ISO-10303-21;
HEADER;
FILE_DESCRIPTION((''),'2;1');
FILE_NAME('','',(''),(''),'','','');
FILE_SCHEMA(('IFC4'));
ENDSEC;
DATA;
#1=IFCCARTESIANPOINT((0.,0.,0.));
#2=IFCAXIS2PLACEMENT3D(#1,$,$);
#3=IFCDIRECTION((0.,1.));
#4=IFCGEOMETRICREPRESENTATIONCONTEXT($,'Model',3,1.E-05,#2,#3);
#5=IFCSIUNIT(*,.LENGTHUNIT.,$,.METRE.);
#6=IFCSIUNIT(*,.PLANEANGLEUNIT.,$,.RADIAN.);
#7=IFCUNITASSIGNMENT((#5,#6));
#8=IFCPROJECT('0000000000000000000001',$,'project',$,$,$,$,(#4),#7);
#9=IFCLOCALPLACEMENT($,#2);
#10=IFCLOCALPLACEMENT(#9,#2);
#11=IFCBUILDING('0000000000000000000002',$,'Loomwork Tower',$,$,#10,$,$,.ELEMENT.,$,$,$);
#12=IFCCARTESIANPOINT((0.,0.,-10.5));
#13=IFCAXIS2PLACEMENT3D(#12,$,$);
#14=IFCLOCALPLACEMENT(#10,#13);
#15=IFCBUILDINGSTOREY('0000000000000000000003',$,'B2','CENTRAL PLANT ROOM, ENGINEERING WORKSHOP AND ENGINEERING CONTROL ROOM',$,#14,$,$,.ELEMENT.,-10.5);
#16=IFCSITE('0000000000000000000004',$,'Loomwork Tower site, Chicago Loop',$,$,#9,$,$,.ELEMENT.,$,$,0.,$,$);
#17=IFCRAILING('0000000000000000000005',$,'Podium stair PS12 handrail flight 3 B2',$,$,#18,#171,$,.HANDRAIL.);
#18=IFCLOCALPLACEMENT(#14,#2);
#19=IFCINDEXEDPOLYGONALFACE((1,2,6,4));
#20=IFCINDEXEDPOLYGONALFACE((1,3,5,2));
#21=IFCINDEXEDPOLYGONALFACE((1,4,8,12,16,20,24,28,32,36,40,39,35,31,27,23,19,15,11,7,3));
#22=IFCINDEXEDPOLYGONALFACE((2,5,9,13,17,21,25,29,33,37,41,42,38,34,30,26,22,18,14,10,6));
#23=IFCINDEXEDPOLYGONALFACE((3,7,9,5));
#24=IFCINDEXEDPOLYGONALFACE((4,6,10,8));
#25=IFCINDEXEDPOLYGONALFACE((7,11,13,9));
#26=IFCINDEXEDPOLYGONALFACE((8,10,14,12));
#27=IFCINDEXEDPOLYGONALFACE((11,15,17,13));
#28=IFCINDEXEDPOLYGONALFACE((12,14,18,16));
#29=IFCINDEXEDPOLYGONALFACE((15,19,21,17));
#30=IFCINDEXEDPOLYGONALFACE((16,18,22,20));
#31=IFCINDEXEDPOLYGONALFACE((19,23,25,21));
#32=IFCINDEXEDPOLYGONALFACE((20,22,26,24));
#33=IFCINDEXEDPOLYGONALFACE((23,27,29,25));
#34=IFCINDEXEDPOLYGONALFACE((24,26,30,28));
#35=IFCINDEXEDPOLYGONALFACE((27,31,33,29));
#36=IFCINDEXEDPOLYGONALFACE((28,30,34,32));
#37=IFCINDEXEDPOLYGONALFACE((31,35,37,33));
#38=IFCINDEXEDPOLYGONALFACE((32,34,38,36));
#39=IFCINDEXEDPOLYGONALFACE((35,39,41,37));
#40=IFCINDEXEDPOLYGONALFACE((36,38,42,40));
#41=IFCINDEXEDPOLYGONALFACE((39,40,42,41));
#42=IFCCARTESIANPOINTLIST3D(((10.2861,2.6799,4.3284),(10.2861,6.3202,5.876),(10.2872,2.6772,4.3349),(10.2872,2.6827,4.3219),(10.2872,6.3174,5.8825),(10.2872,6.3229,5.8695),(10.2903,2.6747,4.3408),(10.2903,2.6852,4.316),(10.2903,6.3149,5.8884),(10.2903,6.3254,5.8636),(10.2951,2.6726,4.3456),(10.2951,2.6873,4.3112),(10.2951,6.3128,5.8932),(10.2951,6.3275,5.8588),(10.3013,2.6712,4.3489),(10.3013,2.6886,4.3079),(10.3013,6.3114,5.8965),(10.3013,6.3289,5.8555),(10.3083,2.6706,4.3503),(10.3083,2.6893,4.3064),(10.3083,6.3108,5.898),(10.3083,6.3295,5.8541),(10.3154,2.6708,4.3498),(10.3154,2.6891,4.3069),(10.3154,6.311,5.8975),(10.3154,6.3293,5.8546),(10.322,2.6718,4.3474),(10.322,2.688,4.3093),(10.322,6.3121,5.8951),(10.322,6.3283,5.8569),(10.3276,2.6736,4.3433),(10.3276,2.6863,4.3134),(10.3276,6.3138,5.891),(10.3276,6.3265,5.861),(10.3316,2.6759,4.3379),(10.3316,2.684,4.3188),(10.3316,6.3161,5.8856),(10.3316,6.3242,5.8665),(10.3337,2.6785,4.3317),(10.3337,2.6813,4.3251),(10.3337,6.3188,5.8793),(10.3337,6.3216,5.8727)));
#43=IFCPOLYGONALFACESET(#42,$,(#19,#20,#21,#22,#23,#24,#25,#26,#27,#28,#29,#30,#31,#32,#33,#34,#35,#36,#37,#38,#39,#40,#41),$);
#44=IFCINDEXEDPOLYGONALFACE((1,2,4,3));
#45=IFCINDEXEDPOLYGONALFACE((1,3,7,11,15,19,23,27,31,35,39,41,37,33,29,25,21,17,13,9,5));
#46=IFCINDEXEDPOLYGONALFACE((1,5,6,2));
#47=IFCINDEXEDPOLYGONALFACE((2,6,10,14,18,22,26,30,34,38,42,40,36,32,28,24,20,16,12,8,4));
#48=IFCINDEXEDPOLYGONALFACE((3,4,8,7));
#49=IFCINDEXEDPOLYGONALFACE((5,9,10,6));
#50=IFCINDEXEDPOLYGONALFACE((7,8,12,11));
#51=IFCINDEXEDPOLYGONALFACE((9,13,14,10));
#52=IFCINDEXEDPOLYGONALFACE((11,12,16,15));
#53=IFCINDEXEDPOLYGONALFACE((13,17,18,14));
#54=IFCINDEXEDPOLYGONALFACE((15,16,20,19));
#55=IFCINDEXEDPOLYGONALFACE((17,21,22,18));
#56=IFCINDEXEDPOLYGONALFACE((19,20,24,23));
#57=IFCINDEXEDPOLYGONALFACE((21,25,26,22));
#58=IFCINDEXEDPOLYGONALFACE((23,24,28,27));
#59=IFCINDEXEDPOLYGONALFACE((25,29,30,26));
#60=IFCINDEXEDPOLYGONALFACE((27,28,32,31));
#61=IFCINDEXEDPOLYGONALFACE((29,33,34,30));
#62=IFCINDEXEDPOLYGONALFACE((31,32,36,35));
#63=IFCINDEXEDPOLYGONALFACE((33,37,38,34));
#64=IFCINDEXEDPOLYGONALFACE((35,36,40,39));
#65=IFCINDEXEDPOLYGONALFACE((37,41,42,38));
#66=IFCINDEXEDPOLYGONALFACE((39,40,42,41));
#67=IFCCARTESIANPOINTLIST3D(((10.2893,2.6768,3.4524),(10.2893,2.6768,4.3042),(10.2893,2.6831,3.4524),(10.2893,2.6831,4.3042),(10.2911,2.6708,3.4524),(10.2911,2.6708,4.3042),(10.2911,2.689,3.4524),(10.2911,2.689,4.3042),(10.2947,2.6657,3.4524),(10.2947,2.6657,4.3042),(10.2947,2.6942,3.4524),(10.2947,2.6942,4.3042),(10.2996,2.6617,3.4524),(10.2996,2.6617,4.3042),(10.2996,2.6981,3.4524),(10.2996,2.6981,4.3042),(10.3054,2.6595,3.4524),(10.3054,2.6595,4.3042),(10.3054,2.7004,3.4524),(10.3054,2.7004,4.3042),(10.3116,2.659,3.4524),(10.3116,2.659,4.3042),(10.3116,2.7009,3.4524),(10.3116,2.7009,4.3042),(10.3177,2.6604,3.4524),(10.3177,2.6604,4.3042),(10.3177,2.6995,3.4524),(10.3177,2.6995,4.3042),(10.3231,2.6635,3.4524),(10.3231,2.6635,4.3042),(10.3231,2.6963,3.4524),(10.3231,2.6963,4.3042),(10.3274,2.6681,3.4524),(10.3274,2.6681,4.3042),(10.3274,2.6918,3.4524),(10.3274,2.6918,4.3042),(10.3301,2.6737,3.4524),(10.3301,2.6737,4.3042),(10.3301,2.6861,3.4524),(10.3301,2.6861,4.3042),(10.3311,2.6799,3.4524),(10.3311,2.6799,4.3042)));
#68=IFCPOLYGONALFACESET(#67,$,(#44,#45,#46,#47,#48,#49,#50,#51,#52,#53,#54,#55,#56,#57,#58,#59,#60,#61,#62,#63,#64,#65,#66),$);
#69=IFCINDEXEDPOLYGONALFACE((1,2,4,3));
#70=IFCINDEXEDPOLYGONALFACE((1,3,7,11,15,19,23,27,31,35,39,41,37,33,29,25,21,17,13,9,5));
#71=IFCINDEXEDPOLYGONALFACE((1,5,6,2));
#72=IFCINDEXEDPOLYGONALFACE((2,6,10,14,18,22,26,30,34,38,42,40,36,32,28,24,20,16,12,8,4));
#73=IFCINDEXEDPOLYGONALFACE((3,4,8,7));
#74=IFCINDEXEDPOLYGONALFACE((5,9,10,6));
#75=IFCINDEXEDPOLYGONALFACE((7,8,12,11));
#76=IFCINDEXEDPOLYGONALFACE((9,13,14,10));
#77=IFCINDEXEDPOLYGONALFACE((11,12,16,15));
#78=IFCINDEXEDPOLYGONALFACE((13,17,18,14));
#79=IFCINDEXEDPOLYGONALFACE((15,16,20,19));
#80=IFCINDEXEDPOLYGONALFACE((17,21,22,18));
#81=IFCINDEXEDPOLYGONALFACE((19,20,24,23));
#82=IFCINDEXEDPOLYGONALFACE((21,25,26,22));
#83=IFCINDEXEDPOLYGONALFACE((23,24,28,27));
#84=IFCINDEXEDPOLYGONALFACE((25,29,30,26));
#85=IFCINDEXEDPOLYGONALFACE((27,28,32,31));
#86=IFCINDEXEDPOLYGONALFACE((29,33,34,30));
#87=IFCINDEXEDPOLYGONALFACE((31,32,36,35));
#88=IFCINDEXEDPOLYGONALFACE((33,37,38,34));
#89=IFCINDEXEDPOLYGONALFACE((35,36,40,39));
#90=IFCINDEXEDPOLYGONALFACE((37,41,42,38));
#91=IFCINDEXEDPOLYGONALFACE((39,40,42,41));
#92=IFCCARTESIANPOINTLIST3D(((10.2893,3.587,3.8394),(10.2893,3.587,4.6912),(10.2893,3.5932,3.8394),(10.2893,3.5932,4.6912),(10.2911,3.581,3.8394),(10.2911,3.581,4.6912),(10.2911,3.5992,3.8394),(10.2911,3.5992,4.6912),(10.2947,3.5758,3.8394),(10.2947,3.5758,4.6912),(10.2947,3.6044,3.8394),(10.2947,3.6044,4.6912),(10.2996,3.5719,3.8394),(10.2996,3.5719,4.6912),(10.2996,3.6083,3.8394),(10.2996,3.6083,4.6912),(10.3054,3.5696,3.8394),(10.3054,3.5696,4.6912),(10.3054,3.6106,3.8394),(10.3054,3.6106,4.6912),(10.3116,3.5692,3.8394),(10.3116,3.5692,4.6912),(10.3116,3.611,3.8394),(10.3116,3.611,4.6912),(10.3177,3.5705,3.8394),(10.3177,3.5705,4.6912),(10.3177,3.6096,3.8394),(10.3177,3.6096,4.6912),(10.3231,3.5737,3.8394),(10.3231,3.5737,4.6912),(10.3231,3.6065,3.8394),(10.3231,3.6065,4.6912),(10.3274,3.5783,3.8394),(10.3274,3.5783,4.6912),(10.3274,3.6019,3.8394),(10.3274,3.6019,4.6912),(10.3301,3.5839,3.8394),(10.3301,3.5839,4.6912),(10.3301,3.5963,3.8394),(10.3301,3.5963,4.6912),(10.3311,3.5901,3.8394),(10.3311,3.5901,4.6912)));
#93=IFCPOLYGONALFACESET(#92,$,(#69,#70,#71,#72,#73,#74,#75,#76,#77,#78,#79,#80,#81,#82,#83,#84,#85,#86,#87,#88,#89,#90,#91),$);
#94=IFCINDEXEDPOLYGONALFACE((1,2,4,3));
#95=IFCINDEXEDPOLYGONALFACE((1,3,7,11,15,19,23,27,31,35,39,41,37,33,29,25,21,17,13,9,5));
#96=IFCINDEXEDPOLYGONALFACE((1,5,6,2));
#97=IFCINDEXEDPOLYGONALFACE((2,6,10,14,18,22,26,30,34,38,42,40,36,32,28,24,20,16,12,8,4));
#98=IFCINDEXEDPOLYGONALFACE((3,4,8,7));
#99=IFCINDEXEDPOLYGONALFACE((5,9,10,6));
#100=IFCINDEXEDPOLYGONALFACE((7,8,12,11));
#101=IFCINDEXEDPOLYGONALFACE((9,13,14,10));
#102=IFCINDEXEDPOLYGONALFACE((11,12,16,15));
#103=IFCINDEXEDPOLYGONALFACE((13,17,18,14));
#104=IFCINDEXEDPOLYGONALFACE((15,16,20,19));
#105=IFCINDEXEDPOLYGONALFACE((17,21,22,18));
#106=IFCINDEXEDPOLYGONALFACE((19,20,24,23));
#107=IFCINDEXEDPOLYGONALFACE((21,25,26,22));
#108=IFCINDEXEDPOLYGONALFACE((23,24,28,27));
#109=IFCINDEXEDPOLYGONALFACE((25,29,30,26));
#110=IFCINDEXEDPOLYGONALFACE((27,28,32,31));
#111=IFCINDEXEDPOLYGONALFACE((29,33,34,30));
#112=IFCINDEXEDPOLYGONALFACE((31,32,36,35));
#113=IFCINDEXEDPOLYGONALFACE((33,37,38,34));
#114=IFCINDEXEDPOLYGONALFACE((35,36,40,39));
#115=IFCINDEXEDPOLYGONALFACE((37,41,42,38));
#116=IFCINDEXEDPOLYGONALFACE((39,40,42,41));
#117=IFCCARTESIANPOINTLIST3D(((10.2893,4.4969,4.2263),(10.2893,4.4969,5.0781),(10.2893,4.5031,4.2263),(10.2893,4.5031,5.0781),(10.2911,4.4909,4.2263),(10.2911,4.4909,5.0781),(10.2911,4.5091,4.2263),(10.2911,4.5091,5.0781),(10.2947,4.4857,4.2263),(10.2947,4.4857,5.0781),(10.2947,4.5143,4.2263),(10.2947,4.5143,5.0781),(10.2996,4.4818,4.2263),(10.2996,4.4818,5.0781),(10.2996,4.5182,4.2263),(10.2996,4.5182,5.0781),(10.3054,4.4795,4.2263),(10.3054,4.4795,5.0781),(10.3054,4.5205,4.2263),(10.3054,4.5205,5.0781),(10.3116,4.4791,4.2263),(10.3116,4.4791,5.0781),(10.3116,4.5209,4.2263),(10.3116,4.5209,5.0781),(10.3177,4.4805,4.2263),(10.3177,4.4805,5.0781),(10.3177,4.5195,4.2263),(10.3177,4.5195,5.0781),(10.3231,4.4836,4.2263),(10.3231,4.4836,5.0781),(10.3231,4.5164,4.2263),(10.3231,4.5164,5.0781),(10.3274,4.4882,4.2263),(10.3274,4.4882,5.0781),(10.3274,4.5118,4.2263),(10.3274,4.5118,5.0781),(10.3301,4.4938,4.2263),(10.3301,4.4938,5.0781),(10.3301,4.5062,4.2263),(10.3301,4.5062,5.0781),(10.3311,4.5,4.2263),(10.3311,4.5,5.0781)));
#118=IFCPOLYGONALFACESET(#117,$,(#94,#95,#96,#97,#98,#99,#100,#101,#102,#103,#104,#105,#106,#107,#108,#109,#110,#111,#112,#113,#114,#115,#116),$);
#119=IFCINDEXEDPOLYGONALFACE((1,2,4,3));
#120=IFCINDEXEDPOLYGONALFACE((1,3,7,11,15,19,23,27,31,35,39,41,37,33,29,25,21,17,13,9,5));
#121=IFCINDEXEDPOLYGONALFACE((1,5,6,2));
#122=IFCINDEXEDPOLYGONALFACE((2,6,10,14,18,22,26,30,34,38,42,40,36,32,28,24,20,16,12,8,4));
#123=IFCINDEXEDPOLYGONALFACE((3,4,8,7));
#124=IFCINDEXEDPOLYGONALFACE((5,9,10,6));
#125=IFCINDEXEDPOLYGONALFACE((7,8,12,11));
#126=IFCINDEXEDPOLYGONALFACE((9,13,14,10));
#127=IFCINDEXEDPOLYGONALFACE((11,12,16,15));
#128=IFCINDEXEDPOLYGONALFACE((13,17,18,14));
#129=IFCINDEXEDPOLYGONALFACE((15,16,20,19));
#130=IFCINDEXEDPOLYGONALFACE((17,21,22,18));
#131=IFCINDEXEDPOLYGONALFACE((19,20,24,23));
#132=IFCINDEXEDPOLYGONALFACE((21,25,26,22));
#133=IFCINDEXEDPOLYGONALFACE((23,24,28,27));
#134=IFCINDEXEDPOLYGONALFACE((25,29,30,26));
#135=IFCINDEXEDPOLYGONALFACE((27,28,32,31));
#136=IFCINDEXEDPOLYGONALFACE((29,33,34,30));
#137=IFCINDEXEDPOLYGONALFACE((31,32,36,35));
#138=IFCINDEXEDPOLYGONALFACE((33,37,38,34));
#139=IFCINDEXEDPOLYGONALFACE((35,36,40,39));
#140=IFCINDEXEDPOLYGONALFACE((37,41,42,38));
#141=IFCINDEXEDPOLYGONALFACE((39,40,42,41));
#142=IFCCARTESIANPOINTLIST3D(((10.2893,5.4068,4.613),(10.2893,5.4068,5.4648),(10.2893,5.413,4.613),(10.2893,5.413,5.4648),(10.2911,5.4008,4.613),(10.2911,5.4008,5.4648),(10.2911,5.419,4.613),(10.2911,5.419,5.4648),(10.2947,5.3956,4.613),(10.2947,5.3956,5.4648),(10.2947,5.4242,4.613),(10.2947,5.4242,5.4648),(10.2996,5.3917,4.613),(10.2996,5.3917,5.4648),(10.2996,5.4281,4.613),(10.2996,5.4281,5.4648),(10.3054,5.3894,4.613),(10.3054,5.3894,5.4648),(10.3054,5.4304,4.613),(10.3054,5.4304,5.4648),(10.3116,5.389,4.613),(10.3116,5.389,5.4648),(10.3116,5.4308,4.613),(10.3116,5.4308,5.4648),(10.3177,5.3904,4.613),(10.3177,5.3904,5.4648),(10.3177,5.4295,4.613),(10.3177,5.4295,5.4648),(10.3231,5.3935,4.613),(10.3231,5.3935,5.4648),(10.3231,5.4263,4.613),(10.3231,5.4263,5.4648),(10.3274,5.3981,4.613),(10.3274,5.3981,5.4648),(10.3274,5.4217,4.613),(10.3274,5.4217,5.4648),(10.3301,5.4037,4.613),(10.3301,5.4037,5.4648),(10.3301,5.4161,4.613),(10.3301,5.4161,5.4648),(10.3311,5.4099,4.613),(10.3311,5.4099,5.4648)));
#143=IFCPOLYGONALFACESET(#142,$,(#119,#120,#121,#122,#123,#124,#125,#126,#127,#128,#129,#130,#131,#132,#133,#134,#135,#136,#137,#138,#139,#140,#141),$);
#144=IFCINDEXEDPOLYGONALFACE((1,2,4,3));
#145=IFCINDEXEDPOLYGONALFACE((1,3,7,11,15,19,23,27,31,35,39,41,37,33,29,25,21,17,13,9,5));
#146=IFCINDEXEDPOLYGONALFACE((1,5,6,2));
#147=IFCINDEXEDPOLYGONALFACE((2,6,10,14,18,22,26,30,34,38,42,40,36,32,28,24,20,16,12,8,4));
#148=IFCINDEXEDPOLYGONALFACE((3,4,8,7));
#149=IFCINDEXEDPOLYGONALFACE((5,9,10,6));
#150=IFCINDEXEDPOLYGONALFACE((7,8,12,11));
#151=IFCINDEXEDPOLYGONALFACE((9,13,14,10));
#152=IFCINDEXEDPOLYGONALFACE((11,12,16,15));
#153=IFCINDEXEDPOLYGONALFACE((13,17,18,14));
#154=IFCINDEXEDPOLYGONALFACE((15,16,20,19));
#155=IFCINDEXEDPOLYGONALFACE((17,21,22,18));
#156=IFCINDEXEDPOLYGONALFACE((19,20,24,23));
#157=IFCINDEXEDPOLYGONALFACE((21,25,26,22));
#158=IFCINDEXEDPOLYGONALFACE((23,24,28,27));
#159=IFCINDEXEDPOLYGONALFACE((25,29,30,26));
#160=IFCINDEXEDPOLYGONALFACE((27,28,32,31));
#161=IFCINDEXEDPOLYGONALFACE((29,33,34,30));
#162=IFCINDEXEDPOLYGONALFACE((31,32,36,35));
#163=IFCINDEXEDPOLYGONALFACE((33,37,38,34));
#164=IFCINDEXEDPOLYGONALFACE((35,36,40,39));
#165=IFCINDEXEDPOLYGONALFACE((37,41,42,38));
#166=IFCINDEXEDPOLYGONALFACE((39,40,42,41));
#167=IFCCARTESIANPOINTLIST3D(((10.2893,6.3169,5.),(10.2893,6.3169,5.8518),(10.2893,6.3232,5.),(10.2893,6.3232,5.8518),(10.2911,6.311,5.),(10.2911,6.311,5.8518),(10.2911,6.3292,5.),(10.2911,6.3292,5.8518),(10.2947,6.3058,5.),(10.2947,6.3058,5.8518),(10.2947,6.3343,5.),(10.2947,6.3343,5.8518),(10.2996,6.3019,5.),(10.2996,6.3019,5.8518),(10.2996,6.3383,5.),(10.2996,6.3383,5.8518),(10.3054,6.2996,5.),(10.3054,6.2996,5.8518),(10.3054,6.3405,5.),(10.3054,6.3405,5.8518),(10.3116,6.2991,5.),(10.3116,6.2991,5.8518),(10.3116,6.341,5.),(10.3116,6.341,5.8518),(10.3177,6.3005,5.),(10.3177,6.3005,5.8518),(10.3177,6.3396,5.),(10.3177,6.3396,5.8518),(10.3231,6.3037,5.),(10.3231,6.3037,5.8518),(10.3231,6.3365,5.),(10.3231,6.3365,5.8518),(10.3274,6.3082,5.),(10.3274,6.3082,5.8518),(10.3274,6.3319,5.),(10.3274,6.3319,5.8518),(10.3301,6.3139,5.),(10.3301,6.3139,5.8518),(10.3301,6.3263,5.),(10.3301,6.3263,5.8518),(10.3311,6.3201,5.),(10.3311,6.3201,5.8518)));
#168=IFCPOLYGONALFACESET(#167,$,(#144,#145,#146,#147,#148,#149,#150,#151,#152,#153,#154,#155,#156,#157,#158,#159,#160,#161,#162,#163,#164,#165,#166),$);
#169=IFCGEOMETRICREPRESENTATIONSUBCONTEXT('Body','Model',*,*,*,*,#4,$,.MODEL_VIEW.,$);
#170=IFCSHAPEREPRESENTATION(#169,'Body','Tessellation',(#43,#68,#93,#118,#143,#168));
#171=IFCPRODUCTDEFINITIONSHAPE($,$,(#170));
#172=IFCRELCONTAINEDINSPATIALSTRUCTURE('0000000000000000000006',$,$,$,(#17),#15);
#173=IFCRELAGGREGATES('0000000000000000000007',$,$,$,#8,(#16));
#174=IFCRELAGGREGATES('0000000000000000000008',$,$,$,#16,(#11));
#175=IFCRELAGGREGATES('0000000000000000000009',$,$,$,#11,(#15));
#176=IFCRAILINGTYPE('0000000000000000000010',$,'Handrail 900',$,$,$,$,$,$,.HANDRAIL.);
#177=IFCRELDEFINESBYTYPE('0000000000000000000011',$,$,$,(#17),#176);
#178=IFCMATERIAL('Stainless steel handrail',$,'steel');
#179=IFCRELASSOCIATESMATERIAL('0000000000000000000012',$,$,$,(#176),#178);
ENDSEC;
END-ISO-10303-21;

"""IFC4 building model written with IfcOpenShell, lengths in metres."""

from ifc_helpers import new_model, si_unit, direction, frame, origin, origin_2d, place, context, subcontext, project, spatial, circle, extrude, material, type_object, element, save


model = new_model("IFC4")

# Units and contexts
model_context = context("Model", 3, precision=1e-05, world=origin(), true_north=direction((0.0, 1.0)))
body_context = subcontext(model_context, "Body", "Model", "MODEL_VIEW")
ifc_project = project(units=[si_unit("LENGTHUNIT", "METRE"), si_unit("PLANEANGLEUNIT", "RADIAN")], contexts=[model_context])

# Site, building, storey
site_placement = place(None, origin())
site = spatial("IfcSite", under=ifc_project, at=site_placement, Name="Loomwork Tower site, Chicago Loop", CompositionType="ELEMENT", RefElevation=0.0)
building_placement = place(site_placement, origin())
building = spatial("IfcBuilding", under=site, at=building_placement, Name="Loomwork Tower", CompositionType="ELEMENT")
storey_placement = place(building_placement, frame((0.0, 0.0, -10.5)))
storey = spatial("IfcBuildingStorey", under=building, at=storey_placement, Name="B2", Description="CENTRAL PLANT ROOM, ENGINEERING WORKSHOP AND ENGINEERING CONTROL ROOM", CompositionType="ELEMENT", Elevation=-10.5)

# Railing
ifc_material_1 = material(Name="Stainless steel handrail", Category="steel")
railing_type = type_object("IfcRailingType", Name="Handrail 900", PredefinedType="HANDRAIL", material=ifc_material_1)
railing_1_placement = place(storey_placement, frame((10.3101, 2.6799, 3.4524)))
element("IfcRailing", 1, at=railing_1_placement, inside=storey, type_object=railing_type, Name="Podium stair PS12 handrail flight 3 B2", PredefinedType="HANDRAIL", context=body_context, shape_type="SweptSolid", body=[
    extrude(circle(Radius=0.0239, at=origin_2d()), frame((0.0, 0.0, 0.876), z_axis=(0.0, 0.920281, 0.391258), x_axis=(-1.0, 0.0, 0.0)), (0.0, 0.0, 1.0), 3.9556),
    extrude(circle(Radius=0.021, at=origin_2d()), origin(), (0.0, 0.0, 1.0), 0.8518),
    extrude(circle(Radius=0.021, at=origin_2d()), frame((0.0, 0.9102, 0.387)), (0.0, 0.0, 1.0), 0.8518),
    extrude(circle(Radius=0.021, at=origin_2d()), frame((0.0, 1.8201, 0.7739)), (0.0, 0.0, 1.0), 0.8518),
    extrude(circle(Radius=0.021, at=origin_2d()), frame((0.0, 2.73, 1.1606)), (0.0, 0.0, 1.0), 0.8518),
    extrude(circle(Radius=0.021, at=origin_2d()), frame((0.0, 3.6401, 1.5476)), (0.0, 0.0, 1.0), 0.8518),
])

save(model, "model.ifc")
